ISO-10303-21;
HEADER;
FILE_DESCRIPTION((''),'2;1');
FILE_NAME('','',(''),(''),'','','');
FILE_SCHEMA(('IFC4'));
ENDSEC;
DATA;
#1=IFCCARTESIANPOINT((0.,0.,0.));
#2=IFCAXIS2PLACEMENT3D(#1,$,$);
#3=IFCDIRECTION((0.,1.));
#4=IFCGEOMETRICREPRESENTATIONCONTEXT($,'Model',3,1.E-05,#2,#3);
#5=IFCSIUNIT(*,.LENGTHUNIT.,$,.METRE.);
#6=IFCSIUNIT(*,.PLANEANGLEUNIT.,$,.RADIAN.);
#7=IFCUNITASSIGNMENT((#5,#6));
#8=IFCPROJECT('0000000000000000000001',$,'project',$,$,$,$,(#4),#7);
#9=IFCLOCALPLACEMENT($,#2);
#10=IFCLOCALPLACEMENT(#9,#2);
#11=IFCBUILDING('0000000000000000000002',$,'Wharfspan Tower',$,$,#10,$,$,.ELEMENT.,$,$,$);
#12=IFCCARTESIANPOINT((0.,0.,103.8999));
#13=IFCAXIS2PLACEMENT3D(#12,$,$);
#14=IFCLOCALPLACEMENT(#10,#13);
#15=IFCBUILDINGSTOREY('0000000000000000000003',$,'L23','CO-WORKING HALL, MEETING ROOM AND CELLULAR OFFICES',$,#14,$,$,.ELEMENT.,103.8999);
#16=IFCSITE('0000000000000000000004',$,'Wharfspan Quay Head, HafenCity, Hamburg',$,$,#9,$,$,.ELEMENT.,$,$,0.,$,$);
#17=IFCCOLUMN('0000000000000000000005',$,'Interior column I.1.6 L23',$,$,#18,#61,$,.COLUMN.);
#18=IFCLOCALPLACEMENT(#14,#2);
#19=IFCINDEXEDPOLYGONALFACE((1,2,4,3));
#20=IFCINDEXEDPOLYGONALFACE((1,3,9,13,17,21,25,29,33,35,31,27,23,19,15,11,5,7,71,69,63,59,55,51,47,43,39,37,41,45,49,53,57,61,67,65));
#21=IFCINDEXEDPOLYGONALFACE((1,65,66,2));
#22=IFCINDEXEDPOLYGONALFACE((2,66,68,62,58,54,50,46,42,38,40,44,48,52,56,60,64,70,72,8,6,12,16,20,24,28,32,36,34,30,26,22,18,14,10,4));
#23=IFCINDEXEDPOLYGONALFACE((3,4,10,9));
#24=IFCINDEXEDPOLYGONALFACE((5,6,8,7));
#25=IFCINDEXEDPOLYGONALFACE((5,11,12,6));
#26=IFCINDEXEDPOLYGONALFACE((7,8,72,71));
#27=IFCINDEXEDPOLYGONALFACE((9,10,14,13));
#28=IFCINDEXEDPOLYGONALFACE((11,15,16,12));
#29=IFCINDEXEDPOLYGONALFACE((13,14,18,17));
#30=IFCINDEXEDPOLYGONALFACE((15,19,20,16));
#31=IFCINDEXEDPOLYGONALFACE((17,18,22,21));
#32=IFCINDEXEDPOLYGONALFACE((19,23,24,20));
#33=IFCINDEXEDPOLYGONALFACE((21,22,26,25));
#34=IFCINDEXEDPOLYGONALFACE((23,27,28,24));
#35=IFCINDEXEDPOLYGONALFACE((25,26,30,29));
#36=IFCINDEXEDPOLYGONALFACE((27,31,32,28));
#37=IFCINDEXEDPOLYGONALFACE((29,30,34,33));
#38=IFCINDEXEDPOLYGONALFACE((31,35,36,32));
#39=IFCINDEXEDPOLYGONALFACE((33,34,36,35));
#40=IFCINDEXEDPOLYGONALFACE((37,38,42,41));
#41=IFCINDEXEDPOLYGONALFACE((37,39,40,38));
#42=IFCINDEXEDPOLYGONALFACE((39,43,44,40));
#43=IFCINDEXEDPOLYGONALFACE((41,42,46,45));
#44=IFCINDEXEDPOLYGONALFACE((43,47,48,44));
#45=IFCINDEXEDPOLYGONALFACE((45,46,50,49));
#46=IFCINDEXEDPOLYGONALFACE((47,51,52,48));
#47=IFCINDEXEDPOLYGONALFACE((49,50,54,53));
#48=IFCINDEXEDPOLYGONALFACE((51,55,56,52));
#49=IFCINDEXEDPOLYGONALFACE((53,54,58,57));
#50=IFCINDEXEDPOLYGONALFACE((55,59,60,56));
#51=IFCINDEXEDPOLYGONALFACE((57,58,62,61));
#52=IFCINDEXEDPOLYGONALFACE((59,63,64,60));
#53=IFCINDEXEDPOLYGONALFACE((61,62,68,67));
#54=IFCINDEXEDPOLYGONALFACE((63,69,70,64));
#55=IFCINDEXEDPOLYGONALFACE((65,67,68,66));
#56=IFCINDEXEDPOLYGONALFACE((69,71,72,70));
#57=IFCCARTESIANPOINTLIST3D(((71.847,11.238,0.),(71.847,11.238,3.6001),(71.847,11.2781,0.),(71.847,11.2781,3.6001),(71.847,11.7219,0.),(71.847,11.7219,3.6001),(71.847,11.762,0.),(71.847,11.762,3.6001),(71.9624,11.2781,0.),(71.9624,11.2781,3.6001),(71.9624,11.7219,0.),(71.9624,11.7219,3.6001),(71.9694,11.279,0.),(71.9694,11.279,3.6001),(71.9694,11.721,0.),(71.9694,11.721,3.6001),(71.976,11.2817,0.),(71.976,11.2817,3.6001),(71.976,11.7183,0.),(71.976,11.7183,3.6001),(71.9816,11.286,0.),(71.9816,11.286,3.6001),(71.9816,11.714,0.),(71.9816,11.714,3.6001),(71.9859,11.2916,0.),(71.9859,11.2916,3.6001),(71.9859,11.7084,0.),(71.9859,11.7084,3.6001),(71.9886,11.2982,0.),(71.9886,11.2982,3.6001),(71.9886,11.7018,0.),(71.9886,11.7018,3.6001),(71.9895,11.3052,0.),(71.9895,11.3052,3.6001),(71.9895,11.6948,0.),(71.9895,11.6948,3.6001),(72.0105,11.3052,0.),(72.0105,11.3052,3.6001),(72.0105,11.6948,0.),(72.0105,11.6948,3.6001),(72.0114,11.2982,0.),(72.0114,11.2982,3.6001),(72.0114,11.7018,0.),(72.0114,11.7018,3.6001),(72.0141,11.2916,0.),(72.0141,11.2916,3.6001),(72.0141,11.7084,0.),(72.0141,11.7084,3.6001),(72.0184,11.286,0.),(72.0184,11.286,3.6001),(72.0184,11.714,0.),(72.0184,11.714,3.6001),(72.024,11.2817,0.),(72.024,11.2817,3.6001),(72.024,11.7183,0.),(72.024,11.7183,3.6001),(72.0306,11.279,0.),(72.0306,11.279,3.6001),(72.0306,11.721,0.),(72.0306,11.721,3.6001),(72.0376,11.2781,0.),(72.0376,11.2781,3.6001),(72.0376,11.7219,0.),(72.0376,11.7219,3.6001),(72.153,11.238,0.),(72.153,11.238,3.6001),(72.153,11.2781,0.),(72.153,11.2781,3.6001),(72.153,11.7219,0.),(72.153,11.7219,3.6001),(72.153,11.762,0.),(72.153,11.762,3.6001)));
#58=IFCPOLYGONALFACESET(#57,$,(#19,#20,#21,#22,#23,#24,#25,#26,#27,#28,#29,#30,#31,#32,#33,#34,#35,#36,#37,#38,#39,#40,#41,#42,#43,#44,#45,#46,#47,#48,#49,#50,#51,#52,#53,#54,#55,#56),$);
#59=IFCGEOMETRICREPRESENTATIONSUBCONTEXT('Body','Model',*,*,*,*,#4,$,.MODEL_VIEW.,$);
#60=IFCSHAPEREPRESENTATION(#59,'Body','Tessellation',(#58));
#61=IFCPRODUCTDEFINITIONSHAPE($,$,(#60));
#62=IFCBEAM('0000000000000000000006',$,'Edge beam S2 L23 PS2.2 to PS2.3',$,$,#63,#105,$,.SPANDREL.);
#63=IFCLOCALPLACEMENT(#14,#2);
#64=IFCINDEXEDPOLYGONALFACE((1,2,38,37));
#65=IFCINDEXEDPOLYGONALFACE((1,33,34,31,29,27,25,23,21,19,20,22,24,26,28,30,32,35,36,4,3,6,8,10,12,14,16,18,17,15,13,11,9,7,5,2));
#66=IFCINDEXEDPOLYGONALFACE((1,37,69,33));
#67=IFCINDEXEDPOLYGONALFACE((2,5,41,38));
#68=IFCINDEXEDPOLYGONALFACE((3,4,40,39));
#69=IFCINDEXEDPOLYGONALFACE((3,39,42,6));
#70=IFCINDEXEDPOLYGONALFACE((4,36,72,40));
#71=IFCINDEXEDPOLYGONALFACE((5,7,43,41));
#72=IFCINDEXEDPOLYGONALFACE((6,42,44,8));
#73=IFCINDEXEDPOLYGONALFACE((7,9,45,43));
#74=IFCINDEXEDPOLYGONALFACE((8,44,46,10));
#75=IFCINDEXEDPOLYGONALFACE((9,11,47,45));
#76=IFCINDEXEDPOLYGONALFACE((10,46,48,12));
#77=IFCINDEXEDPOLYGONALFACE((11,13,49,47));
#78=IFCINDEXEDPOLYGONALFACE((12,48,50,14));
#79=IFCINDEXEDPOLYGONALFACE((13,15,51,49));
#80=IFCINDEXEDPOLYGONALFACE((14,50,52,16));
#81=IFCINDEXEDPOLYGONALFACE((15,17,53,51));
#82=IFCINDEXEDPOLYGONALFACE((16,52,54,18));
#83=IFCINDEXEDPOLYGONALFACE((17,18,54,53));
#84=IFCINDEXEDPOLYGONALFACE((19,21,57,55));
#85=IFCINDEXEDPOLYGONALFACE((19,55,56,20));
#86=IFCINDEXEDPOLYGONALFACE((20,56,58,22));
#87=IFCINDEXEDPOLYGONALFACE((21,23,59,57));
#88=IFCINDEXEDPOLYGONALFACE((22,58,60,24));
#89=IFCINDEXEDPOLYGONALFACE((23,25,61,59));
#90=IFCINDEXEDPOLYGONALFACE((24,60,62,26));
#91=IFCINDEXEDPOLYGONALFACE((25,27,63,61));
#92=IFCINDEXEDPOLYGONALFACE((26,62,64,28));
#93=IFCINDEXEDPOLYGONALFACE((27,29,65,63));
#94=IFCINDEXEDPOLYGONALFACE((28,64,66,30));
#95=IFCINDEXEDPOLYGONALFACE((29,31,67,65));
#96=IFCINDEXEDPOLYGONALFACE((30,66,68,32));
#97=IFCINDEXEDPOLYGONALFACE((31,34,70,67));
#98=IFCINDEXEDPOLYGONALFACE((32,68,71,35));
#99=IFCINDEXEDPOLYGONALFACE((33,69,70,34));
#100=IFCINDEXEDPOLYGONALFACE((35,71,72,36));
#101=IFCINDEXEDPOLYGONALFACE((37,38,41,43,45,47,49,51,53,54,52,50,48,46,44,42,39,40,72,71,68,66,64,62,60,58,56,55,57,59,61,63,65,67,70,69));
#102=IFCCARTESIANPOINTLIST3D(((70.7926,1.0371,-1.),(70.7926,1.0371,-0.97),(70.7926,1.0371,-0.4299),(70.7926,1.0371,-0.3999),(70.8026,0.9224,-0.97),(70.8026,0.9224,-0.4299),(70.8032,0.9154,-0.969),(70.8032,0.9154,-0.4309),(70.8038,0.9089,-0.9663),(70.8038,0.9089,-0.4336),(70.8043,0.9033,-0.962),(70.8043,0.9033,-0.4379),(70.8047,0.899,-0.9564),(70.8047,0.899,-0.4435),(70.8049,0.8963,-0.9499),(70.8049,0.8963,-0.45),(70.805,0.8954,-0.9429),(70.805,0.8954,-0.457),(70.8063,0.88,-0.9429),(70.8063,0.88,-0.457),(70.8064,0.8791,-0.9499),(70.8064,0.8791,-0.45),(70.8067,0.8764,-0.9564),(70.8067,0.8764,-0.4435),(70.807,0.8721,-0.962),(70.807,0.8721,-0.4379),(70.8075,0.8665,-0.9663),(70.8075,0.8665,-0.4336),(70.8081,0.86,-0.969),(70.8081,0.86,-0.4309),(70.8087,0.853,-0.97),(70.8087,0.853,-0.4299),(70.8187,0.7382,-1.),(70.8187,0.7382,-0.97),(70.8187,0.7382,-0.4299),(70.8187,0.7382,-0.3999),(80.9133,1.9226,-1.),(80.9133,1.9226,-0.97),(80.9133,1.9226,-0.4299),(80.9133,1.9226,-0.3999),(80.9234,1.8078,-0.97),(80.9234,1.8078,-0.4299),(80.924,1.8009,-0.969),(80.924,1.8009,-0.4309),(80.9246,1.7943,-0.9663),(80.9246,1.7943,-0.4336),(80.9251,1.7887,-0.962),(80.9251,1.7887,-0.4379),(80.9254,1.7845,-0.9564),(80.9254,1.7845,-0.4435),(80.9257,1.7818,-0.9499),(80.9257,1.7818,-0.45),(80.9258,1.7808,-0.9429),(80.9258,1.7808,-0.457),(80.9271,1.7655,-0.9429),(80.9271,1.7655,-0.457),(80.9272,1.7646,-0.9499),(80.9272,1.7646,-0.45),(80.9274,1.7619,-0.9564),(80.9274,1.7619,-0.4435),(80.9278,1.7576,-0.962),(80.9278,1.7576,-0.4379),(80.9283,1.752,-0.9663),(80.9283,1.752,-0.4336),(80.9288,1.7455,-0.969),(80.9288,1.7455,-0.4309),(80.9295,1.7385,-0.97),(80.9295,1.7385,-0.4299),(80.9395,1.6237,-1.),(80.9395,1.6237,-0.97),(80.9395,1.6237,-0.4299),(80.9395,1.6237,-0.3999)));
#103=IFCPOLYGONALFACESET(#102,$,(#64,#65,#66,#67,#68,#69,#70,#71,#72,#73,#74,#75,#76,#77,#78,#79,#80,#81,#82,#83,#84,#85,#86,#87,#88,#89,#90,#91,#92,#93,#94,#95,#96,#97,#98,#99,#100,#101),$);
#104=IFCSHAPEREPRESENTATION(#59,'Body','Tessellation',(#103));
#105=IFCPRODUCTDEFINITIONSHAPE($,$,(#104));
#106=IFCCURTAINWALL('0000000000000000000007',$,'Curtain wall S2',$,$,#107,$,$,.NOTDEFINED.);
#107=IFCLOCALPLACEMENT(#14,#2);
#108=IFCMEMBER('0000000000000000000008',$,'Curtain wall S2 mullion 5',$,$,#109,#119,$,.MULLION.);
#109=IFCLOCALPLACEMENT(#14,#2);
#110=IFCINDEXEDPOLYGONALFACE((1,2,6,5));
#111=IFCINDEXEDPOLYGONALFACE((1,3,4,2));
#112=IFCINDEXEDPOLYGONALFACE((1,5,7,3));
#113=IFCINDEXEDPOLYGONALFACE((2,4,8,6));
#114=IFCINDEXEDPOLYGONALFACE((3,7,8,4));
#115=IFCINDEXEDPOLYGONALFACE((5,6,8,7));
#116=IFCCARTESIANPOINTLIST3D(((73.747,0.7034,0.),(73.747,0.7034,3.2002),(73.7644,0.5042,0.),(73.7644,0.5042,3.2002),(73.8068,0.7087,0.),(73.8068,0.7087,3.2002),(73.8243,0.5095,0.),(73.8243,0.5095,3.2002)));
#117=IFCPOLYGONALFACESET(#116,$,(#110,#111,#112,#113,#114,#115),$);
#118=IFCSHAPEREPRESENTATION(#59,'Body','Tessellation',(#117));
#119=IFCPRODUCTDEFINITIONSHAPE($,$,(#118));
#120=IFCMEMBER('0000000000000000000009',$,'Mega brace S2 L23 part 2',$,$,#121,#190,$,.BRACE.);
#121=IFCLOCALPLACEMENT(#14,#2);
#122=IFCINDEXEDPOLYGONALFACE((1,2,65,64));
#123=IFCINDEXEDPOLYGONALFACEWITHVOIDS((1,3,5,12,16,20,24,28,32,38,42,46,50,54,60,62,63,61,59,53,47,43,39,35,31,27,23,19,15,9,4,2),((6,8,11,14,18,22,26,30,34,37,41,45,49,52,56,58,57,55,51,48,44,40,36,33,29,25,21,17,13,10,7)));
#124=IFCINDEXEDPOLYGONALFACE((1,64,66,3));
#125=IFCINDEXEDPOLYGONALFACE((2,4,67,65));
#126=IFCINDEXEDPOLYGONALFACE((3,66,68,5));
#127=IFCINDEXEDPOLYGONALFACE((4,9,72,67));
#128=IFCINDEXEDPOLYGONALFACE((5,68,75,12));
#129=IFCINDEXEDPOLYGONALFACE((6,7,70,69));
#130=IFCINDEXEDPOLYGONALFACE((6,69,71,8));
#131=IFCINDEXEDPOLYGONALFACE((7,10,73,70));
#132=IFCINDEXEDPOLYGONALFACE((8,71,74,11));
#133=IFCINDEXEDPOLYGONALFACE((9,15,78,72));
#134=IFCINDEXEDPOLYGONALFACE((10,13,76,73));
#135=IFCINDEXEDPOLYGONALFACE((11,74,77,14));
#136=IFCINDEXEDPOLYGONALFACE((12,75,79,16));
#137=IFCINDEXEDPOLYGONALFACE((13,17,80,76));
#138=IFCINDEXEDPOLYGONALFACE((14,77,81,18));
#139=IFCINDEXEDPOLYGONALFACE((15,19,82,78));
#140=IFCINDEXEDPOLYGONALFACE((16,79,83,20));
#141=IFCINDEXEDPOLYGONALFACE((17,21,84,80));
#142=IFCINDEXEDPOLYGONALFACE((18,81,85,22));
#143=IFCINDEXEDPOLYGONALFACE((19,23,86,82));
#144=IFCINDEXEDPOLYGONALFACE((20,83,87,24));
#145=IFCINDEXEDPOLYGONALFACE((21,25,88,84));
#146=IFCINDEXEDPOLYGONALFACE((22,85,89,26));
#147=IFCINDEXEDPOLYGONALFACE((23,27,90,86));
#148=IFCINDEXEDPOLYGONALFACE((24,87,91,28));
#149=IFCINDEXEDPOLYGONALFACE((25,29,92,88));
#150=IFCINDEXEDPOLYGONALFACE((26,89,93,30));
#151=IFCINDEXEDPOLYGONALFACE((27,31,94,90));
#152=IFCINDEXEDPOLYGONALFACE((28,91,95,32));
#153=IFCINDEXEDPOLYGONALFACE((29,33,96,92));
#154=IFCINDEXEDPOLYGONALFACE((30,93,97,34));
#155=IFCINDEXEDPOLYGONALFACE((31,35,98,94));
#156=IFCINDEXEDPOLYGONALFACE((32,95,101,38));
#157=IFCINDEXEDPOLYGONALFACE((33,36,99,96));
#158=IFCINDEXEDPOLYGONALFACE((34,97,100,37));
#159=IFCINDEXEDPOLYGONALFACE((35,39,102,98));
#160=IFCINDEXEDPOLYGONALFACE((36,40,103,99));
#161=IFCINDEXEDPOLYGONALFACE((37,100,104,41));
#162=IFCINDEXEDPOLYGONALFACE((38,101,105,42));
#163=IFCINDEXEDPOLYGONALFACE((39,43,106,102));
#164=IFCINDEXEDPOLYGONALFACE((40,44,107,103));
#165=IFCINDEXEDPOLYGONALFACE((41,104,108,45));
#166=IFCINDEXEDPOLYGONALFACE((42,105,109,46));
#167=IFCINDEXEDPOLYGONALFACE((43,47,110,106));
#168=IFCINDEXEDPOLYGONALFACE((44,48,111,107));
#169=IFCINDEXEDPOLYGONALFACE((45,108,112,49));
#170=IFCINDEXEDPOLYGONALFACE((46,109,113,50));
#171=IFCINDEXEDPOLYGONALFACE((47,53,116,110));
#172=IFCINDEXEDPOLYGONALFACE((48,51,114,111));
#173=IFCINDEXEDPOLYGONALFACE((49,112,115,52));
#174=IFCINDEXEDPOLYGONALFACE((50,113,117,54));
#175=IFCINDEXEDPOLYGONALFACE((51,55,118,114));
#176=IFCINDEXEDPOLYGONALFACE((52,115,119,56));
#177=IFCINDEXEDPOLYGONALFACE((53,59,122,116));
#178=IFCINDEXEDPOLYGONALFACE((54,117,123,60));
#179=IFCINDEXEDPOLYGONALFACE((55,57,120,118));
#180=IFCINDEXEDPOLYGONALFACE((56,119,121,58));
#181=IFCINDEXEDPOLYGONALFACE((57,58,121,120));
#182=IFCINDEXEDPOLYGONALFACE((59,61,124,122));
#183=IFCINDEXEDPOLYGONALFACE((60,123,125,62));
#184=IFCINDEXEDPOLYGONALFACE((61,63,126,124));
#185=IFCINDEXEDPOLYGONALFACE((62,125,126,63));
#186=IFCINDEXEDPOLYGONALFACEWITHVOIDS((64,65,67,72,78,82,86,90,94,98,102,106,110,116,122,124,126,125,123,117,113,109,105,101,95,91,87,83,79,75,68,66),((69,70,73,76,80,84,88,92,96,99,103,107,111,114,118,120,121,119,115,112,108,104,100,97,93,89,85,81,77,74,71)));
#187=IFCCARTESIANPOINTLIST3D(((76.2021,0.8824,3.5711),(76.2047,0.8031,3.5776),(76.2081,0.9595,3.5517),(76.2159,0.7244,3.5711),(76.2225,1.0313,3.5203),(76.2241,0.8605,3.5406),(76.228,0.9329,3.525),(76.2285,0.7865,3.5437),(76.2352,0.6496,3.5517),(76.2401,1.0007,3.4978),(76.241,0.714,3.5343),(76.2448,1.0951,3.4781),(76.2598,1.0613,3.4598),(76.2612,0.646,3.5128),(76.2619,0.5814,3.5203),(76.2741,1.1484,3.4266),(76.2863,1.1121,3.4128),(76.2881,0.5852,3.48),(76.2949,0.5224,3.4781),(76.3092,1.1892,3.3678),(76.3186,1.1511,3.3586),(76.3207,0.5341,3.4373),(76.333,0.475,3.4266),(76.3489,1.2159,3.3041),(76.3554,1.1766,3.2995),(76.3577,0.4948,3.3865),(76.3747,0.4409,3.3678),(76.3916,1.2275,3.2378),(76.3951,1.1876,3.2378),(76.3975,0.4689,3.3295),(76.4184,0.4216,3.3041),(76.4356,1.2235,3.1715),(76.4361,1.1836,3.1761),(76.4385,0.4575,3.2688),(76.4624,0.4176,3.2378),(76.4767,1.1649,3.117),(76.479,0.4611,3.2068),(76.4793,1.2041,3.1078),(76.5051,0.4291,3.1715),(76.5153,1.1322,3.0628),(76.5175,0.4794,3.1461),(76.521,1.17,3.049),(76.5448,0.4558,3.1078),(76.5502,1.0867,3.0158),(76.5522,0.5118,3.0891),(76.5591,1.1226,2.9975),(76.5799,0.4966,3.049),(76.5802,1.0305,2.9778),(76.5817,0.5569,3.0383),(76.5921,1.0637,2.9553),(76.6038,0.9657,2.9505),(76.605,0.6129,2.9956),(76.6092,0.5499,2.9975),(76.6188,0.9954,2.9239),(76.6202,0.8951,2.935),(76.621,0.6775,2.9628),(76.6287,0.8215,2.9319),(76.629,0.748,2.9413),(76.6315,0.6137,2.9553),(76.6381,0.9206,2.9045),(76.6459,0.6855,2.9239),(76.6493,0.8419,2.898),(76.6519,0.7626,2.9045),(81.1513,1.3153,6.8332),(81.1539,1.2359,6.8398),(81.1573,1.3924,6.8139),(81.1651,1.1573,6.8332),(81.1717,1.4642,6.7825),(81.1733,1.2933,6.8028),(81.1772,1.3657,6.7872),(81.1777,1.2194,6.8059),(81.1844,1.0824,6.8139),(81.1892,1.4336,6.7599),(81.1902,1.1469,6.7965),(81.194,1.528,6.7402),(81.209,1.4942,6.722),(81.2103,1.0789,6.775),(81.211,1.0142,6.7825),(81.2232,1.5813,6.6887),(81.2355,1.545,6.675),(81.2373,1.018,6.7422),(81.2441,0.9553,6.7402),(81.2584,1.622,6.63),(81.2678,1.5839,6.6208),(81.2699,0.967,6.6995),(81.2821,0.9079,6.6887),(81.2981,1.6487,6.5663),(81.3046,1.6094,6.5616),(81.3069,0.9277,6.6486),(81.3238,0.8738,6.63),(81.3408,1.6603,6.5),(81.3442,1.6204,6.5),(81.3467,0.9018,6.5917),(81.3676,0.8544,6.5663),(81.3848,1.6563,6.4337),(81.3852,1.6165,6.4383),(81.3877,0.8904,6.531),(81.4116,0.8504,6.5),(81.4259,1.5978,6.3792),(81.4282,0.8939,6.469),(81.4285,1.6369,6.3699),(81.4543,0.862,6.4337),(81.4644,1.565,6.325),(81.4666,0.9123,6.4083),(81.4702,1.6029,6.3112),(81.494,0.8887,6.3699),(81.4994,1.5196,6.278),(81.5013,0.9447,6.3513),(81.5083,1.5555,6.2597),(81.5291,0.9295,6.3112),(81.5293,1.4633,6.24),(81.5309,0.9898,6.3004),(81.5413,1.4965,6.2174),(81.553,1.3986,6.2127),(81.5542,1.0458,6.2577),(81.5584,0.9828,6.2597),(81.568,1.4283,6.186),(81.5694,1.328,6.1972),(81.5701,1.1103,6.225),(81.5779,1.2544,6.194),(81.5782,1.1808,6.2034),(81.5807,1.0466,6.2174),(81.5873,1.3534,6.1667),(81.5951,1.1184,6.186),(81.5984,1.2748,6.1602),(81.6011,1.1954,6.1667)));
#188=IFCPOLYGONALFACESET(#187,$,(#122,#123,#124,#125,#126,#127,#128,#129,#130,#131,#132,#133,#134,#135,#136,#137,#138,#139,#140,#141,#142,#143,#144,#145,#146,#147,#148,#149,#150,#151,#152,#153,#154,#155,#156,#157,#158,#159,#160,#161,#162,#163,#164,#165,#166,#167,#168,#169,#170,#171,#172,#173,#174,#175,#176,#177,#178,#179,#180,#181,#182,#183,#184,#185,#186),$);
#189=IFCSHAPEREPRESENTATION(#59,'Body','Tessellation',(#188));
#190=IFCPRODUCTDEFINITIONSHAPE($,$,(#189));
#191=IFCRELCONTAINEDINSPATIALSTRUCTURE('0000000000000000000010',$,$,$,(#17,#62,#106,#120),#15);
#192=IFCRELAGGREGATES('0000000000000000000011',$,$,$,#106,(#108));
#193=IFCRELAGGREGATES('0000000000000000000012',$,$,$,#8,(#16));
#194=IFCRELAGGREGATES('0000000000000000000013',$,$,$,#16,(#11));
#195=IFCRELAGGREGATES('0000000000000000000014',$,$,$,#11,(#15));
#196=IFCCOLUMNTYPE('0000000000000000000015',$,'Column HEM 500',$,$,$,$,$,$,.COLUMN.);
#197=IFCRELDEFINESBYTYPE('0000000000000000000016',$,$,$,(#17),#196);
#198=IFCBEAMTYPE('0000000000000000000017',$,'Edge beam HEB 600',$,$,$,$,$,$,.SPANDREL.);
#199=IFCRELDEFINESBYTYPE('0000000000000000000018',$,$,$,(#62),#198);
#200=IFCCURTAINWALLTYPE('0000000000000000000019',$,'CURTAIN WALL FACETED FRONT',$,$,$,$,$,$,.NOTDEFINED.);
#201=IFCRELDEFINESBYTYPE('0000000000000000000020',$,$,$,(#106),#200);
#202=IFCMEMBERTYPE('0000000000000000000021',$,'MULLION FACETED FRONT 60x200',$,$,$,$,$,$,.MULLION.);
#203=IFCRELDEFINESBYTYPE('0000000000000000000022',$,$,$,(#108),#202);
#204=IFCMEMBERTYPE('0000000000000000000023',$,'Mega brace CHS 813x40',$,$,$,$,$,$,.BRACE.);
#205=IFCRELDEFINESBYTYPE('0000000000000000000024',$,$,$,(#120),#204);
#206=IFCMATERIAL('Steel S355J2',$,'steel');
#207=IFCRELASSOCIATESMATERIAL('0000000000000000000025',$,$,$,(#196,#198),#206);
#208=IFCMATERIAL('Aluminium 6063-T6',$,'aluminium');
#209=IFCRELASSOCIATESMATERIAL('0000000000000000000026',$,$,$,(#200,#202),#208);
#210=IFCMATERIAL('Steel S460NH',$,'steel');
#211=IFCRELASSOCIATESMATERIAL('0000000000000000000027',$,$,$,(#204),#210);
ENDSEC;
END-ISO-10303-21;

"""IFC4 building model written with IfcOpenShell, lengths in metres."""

from ifc_helpers import new_model, si_unit, direction, frame, origin, origin_2d, place, context, subcontext, project, spatial, rectangle, hollow_circle, i_section, extrude, material, material_profile, profile_set, type_object, element, aggregate, save


model = new_model("IFC4")

# Units and contexts
model_context = context("Model", 3, precision=1e-05, world=origin(), true_north=direction((0.0, 1.0)))
body_context = subcontext(model_context, "Body", "Model", "MODEL_VIEW")
ifc_project = project(units=[si_unit("LENGTHUNIT", "METRE"), si_unit("PLANEANGLEUNIT", "RADIAN")], contexts=[model_context])

# Site, building, storey
site_placement = place(None, origin())
site = spatial("IfcSite", under=ifc_project, at=site_placement, Name="Wharfspan Quay Head, HafenCity, Hamburg", CompositionType="ELEMENT", RefElevation=0.0)
building_placement = place(site_placement, origin())
building = spatial("IfcBuilding", under=site, at=building_placement, Name="Wharfspan Tower", CompositionType="ELEMENT")
storey_placement = place(building_placement, frame((0.0, 0.0, 103.8999)))
storey = spatial("IfcBuildingStorey", under=building, at=storey_placement, Name="L23", Description="CO-WORKING HALL, MEETING ROOM AND CELLULAR OFFICES", CompositionType="ELEMENT", Elevation=103.8999)

# Column
ifc_material_1 = material(Name="Steel S355J2", Category="steel")
ifc_material_profile_1 = material_profile(ifc_material_1, i_section(OverallWidth=0.3059, OverallDepth=0.5239, WebThickness=0.021, FlangeThickness=0.04, FilletRadius=0.0271, at=origin_2d()))
ifc_profile_set_1 = profile_set([ifc_material_profile_1], Name="Steel S355J2")
column_type = type_object("IfcColumnType", Name="Column HEM 500", PredefinedType="COLUMN", material=ifc_profile_set_1)
column_placement = place(storey_placement, frame((72.0, 11.5, 0.0), z_axis=(0.0, 0.0, 1.0), x_axis=(1.0, 0.0, 0.0)))
element("IfcColumn", 1, at=column_placement, inside=storey, type_object=column_type, Name="Interior column I.1.6 L23", PredefinedType="COLUMN", context=body_context, shape_type="SweptSolid", body=[
    extrude(i_section(OverallWidth=0.3059, OverallDepth=0.5239, WebThickness=0.021, FlangeThickness=0.04, FilletRadius=0.0271, at=origin_2d()), origin(), (0.0, 0.0, 1.0), 3.6001),
])

# Beam
ifc_material_profile_2 = material_profile(ifc_material_1, i_section(OverallWidth=0.3, OverallDepth=0.6001, WebThickness=0.0154, FlangeThickness=0.03, FilletRadius=0.0271, at=origin_2d()))
ifc_profile_set_2 = profile_set([ifc_material_profile_2], Name="Steel S355J2")
beam_type = type_object("IfcBeamType", Name="Edge beam HEB 600", PredefinedType="SPANDREL", material=ifc_profile_set_2)
beam_placement = place(storey_placement, frame((70.8057, 0.8877, -0.7), z_axis=(0.996194, 0.087159, 0.0), x_axis=(-0.087159, 0.996194, 0.0)))
element("IfcBeam", 2, at=beam_placement, inside=storey, type_object=beam_type, Name="Edge beam S2 L23 PS2.2 to PS2.3", PredefinedType="SPANDREL", context=body_context, shape_type="SweptSolid", body=[
    extrude(i_section(OverallWidth=0.3, OverallDepth=0.6001, WebThickness=0.0154, FlangeThickness=0.03, FilletRadius=0.0271, at=origin_2d()), origin(), (0.0, 0.0, 1.0), 10.1594),
])

# Curtain wall, member
ifc_material_2 = material(Name="Aluminium 6063-T6", Category="aluminium")
curtain_wall_type = type_object("IfcCurtainWallType", Name="CURTAIN WALL FACETED FRONT", PredefinedType="NOTDEFINED", material=ifc_material_2)
curtain_wall_placement = place(storey_placement, origin())
curtain_wall = element("IfcCurtainWall", 3, at=curtain_wall_placement, inside=storey, type_object=curtain_wall_type, Name="Curtain wall S2", PredefinedType="NOTDEFINED")
ifc_material_profile_3 = material_profile(ifc_material_2, rectangle(XDim=0.2, YDim=0.0601, at=origin_2d()))
ifc_profile_set_3 = profile_set([ifc_material_profile_3], Name="Aluminium 6063-T6")
member_type_1 = type_object("IfcMemberType", Name="MULLION FACETED FRONT 60x200", PredefinedType="MULLION", material=ifc_profile_set_3)
member_1_placement = place(storey_placement, frame((73.7856, 0.6064, 0.0), z_axis=(0.0, 0.0, 1.0), x_axis=(-0.087156, 0.996198, 0.0)))
member_1 = element("IfcMember", 4, at=member_1_placement, type_object=member_type_1, Name="Curtain wall S2 mullion 5", PredefinedType="MULLION", context=body_context, shape_type="SweptSolid", body=[
    extrude(rectangle(XDim=0.2, YDim=0.0601, at=origin_2d()), origin(), (0.0, 0.0, 1.0), 3.2002),
])

# Member
ifc_material_3 = material(Name="Steel S460NH", Category="steel")
ifc_material_profile_4 = material_profile(ifc_material_3, hollow_circle(Radius=0.4065, WallThickness=0.04, at=origin_2d()))
ifc_profile_set_4 = profile_set([ifc_material_profile_4], Name="Steel S460NH")
member_type_2 = type_object("IfcMemberType", Name="Mega brace CHS 813x40", PredefinedType="BRACE", material=ifc_profile_set_4)
member_2_placement = place(storey_placement, frame((76.427, 0.8225, 3.2378), z_axis=(0.832724, 0.07283, 0.548878), x_axis=(-0.087128, 0.996197, 0.000001)))
element("IfcMember", 5, at=member_2_placement, inside=storey, type_object=member_type_2, Name="Mega brace S2 L23 part 2", PredefinedType="BRACE", context=body_context, shape_type="SweptSolid", body=[
    extrude(hollow_circle(Radius=0.4065, WallThickness=0.04, at=origin_2d()), origin(), (0.0, 0.0, 1.0), 5.9434),
])

aggregate(curtain_wall, [member_1])

save(model, "model.ifc")
